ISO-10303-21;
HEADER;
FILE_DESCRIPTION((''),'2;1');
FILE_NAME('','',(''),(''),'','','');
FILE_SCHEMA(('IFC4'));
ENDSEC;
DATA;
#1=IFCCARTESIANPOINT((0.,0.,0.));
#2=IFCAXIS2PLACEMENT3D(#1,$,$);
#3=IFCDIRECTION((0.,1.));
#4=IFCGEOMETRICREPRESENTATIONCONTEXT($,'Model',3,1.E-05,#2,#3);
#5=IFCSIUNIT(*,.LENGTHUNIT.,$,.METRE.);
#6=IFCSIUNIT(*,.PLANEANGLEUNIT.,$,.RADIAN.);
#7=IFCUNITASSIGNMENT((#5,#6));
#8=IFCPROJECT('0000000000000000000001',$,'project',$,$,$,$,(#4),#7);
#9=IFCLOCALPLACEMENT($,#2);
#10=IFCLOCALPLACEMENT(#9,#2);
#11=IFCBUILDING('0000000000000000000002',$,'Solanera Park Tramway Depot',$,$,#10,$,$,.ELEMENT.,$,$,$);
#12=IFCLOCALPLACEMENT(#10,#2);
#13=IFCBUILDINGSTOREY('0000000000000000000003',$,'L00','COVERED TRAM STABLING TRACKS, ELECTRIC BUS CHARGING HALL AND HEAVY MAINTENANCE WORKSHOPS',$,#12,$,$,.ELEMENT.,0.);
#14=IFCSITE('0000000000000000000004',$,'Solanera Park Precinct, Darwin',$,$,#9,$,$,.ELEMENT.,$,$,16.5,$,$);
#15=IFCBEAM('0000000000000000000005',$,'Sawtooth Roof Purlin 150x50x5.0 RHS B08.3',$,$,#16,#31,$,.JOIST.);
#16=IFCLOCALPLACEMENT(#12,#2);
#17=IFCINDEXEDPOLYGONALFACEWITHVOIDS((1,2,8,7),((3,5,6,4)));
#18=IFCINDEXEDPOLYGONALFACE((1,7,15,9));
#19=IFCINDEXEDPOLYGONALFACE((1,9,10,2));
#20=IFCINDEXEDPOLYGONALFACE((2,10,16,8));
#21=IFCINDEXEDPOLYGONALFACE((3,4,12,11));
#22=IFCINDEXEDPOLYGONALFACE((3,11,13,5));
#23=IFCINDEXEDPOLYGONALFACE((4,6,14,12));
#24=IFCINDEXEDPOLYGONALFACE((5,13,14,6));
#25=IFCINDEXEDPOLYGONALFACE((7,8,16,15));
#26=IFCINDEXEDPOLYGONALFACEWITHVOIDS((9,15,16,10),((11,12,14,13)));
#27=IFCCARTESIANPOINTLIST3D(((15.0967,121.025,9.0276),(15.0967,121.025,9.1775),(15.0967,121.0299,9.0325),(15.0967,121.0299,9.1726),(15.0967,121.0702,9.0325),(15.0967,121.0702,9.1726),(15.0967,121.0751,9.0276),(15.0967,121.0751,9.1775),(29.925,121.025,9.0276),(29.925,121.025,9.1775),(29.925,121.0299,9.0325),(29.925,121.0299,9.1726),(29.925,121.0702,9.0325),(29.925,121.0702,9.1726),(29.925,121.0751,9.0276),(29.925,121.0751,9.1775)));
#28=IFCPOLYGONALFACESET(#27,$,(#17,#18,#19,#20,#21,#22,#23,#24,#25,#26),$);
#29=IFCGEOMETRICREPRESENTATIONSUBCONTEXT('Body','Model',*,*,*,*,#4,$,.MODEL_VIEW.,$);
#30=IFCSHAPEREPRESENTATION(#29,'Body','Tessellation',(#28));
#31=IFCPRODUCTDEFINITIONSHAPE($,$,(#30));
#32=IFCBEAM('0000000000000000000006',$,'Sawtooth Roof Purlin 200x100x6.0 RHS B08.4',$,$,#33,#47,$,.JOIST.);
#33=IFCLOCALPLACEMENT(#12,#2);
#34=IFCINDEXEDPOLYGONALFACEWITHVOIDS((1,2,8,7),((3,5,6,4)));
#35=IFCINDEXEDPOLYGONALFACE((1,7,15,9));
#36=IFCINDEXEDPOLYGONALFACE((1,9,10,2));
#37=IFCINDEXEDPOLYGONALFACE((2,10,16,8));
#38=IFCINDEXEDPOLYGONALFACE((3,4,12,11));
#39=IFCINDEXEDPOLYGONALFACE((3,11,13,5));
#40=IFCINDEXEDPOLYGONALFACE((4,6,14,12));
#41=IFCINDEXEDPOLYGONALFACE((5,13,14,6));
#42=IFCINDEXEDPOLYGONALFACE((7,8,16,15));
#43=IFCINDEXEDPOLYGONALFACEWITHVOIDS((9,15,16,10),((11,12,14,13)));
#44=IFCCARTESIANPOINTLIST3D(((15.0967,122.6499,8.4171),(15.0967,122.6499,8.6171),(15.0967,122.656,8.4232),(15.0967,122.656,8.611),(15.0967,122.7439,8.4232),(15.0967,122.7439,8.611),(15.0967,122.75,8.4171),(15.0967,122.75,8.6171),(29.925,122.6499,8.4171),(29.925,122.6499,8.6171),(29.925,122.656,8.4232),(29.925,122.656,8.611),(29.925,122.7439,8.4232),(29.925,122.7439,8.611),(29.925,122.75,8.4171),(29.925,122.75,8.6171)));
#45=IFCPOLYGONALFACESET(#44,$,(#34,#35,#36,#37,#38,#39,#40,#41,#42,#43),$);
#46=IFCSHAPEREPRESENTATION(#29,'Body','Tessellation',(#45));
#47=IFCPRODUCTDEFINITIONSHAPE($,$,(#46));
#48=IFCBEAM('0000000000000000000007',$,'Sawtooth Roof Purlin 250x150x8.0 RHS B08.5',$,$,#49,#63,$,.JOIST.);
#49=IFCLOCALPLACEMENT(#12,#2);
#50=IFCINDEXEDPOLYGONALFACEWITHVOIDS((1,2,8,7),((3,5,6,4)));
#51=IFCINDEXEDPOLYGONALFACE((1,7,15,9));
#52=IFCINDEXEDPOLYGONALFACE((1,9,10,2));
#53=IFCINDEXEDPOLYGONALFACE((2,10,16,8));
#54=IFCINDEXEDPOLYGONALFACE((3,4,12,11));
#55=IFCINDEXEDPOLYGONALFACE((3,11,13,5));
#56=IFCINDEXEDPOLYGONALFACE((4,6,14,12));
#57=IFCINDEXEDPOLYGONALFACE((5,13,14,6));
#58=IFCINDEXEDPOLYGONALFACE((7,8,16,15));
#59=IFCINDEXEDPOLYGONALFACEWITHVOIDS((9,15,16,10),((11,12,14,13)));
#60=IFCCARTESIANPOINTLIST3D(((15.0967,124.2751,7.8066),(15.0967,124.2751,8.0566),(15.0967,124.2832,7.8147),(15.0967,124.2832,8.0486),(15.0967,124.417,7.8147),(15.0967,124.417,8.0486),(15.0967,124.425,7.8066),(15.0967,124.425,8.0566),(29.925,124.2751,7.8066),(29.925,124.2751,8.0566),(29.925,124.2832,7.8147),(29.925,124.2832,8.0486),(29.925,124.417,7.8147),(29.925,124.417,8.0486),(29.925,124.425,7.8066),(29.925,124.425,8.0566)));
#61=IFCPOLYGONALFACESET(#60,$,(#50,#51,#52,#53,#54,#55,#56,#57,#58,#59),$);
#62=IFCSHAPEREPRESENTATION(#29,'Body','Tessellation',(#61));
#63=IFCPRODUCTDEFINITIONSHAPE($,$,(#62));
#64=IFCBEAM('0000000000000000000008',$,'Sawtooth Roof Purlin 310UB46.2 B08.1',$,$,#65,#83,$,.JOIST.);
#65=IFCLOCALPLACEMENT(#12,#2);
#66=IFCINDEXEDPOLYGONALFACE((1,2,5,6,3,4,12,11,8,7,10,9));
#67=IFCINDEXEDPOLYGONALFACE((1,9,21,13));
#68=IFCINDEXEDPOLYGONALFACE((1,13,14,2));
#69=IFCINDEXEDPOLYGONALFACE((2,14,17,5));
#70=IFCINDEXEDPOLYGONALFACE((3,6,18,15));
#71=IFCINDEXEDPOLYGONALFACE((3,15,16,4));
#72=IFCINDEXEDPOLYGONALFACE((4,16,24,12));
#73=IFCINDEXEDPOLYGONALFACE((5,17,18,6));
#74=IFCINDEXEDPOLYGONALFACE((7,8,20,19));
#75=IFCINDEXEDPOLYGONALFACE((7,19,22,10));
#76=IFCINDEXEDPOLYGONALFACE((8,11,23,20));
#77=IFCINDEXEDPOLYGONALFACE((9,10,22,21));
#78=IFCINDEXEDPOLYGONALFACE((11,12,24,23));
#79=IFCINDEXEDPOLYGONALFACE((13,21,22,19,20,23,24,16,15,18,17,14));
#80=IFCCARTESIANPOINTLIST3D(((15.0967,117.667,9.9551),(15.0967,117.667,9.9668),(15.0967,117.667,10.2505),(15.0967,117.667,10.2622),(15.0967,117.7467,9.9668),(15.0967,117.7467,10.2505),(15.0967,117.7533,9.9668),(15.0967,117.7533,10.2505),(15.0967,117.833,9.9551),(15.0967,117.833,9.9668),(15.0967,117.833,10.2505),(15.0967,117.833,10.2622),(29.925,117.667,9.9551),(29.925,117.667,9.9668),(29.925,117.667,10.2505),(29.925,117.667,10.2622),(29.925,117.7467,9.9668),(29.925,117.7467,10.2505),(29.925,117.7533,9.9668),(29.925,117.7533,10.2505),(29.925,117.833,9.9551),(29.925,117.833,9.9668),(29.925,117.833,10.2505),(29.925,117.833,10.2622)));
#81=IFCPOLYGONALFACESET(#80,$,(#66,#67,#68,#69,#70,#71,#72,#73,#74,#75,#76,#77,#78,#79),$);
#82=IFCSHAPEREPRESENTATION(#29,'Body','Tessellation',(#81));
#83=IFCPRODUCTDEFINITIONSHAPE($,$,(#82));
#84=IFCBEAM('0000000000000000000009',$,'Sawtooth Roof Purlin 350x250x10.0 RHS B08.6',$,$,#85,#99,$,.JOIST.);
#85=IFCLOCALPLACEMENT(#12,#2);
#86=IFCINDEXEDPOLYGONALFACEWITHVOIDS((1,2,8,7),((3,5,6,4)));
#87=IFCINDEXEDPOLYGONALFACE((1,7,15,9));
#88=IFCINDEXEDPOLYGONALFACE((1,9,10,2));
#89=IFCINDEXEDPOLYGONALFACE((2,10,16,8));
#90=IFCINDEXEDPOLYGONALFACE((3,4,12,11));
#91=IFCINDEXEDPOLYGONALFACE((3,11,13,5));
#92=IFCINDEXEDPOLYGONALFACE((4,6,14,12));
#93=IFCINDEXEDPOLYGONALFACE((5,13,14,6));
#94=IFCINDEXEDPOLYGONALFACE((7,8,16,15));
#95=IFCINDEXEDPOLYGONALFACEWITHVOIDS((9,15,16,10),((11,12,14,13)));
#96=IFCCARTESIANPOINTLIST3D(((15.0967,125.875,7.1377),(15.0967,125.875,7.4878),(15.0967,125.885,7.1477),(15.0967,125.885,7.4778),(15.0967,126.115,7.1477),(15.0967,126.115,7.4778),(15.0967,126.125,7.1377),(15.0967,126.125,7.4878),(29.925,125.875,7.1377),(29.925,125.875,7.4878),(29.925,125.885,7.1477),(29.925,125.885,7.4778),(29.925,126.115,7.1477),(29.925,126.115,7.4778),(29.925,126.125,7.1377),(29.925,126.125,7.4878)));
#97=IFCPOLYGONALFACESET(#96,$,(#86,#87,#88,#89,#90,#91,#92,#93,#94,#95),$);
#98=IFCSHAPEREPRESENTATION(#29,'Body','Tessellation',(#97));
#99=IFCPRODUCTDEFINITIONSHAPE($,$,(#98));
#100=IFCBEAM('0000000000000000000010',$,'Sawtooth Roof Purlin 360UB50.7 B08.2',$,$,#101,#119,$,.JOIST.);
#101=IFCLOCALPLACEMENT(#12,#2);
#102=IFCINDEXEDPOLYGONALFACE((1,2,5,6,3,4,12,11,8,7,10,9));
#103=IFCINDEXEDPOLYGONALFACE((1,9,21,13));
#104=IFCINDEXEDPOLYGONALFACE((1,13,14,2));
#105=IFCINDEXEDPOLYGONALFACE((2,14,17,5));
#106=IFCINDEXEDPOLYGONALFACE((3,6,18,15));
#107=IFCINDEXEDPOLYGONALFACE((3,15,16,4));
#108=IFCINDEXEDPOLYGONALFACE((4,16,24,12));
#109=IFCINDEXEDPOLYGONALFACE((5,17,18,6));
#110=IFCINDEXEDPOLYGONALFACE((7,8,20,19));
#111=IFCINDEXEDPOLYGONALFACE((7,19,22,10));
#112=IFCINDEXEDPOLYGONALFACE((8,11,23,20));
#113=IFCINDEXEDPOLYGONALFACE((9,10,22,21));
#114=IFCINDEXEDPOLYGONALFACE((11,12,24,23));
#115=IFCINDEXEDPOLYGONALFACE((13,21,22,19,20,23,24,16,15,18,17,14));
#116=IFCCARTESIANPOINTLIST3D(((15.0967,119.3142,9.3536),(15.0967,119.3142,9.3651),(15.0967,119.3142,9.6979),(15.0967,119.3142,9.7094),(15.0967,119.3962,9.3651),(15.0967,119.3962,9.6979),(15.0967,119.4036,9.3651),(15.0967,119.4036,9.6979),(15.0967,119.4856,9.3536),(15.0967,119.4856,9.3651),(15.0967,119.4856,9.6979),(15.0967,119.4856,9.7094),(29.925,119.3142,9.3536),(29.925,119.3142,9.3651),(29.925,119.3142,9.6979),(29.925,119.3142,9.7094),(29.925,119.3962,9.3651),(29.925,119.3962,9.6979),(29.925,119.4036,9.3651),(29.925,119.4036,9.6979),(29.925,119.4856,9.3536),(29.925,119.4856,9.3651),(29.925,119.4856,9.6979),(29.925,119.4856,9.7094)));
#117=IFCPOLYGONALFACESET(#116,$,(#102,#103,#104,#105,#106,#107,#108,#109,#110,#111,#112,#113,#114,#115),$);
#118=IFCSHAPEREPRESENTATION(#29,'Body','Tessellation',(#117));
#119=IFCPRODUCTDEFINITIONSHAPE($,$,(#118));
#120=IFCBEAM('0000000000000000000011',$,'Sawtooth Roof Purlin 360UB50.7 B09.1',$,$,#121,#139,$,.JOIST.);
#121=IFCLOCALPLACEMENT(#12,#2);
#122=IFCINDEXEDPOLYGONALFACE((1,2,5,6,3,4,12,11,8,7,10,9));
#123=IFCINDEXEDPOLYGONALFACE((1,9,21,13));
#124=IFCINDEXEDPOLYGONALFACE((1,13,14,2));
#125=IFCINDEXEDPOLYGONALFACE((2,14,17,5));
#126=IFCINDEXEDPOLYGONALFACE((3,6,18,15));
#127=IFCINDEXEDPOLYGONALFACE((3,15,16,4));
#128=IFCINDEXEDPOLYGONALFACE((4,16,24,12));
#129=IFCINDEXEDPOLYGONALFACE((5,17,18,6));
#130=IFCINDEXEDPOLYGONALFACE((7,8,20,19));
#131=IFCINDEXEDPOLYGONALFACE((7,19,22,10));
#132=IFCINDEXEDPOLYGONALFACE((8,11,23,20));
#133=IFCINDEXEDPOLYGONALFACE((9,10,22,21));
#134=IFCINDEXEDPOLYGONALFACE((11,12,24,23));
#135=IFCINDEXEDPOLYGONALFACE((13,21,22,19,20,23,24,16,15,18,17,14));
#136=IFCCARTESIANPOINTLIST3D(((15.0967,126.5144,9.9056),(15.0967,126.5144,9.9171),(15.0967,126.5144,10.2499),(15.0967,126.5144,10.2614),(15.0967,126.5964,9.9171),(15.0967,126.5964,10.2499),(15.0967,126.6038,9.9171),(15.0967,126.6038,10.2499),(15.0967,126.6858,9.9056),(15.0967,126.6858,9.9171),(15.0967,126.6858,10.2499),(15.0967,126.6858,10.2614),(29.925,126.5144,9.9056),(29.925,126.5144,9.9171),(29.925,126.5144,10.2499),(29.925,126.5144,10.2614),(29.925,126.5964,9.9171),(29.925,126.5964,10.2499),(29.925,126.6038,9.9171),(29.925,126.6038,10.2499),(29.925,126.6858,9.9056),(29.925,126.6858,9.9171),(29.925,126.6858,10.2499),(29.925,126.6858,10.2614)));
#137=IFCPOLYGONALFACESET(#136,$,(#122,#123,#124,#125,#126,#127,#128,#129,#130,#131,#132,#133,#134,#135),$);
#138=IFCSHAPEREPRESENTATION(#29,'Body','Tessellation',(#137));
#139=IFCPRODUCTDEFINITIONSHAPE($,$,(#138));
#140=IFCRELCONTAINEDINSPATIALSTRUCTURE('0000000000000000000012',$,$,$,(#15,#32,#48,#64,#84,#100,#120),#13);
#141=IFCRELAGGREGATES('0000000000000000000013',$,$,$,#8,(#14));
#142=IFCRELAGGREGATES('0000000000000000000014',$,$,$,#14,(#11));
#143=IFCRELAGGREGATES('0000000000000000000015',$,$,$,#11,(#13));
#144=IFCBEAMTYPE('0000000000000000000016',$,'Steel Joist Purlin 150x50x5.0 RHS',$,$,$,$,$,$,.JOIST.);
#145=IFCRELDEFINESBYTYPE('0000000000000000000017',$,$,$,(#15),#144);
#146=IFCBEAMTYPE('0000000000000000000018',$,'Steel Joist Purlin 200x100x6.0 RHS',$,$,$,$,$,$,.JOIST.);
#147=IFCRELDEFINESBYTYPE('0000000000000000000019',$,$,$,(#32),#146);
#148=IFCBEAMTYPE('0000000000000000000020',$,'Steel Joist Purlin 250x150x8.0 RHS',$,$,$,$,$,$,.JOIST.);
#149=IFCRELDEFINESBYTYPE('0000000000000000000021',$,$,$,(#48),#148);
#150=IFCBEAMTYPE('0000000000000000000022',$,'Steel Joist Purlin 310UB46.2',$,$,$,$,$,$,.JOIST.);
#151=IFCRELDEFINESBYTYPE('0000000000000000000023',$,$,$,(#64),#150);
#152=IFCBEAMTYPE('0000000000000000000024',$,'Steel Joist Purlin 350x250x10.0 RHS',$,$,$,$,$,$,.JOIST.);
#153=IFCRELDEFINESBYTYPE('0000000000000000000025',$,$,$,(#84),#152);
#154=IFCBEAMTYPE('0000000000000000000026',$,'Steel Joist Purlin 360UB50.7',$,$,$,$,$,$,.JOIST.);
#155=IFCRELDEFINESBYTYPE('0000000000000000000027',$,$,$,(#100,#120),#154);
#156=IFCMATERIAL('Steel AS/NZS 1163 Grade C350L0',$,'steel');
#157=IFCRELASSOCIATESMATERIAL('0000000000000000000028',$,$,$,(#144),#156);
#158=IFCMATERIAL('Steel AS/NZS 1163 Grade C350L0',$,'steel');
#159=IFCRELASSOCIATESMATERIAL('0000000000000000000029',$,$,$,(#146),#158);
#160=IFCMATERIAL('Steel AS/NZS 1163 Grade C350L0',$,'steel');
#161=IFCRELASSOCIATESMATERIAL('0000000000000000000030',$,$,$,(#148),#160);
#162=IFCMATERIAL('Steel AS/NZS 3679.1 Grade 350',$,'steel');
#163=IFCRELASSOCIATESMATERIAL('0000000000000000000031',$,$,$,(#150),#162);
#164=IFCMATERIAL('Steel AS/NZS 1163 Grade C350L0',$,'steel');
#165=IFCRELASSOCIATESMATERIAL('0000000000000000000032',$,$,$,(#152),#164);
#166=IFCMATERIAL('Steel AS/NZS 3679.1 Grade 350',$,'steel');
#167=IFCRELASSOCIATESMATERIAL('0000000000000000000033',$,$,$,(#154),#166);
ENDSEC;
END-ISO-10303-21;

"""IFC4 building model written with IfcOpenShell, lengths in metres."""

from ifc_helpers import new_model, si_unit, direction, frame, origin, origin_2d, place, context, subcontext, project, spatial, hollow_rectangle, i_section, extrude, material, material_profile, profile_set, type_object, element, save


model = new_model("IFC4")

# Units and contexts
model_context = context("Model", 3, precision=1e-05, world=origin(), true_north=direction((0.0, 1.0)))
body_context = subcontext(model_context, "Body", "Model", "MODEL_VIEW")
ifc_project = project(units=[si_unit("LENGTHUNIT", "METRE"), si_unit("PLANEANGLEUNIT", "RADIAN")], contexts=[model_context])

# Site, building, storey
site_placement = place(None, origin())
site = spatial("IfcSite", under=ifc_project, at=site_placement, Name="Solanera Park Precinct, Darwin", CompositionType="ELEMENT", RefElevation=16.5)
building_placement = place(site_placement, origin())
building = spatial("IfcBuilding", under=site, at=building_placement, Name="Solanera Park Tramway Depot", CompositionType="ELEMENT")
storey_placement = place(building_placement, origin())
storey = spatial("IfcBuildingStorey", under=building, at=storey_placement, Name="L00", Description="COVERED TRAM STABLING TRACKS, ELECTRIC BUS CHARGING HALL AND HEAVY MAINTENANCE WORKSHOPS", CompositionType="ELEMENT", Elevation=0.0)

# Beams
ifc_material_1 = material(Name="Steel AS/NZS 1163 Grade C350L0", Category="steel")
ifc_material_profile_1 = material_profile(ifc_material_1, hollow_rectangle(XDim=0.05, YDim=0.1499, WallThickness=0.0049, at=origin_2d()), Name="150x50x5.0 RHS")
ifc_profile_set_1 = profile_set([ifc_material_profile_1], Name="Steel AS/NZS 1163 Grade C350L0")
beam_type_1 = type_object("IfcBeamType", Name="Steel Joist Purlin 150x50x5.0 RHS", PredefinedType="JOIST", material=ifc_profile_set_1)
beam_1_placement = place(storey_placement, frame((15.0967, 121.05, 9.1025), z_axis=(1.0, 0.0, 0.0), x_axis=(0.0, 1.0, 0.0)))
element("IfcBeam", 1, at=beam_1_placement, inside=storey, type_object=beam_type_1, Name="Sawtooth Roof Purlin 150x50x5.0 RHS B08.3", PredefinedType="JOIST", context=body_context, shape_type="SweptSolid", body=[
    extrude(hollow_rectangle(XDim=0.05, YDim=0.1499, WallThickness=0.0049, at=origin_2d()), origin(), (0.0, 0.0, 1.0), 14.8284),
])
ifc_material_2 = material(Name="Steel AS/NZS 1163 Grade C350L0", Category="steel")
ifc_material_profile_2 = material_profile(ifc_material_2, hollow_rectangle(XDim=0.1001, YDim=0.2, WallThickness=0.0061, at=origin_2d()), Name="200x100x6.0 RHS")
ifc_profile_set_2 = profile_set([ifc_material_profile_2], Name="Steel AS/NZS 1163 Grade C350L0")
beam_type_2 = type_object("IfcBeamType", Name="Steel Joist Purlin 200x100x6.0 RHS", PredefinedType="JOIST", material=ifc_profile_set_2)
beam_2_placement = place(storey_placement, frame((15.0967, 122.7, 8.5171), z_axis=(1.0, 0.0, 0.0), x_axis=(0.0, 1.0, 0.0)))
element("IfcBeam", 2, at=beam_2_placement, inside=storey, type_object=beam_type_2, Name="Sawtooth Roof Purlin 200x100x6.0 RHS B08.4", PredefinedType="JOIST", context=body_context, shape_type="SweptSolid", body=[
    extrude(hollow_rectangle(XDim=0.1001, YDim=0.2, WallThickness=0.0061, at=origin_2d()), origin(), (0.0, 0.0, 1.0), 14.8284),
])
ifc_material_3 = material(Name="Steel AS/NZS 1163 Grade C350L0", Category="steel")
ifc_material_profile_3 = material_profile(ifc_material_3, hollow_rectangle(XDim=0.1499, YDim=0.25, WallThickness=0.0081, at=origin_2d()), Name="250x150x8.0 RHS")
ifc_profile_set_3 = profile_set([ifc_material_profile_3], Name="Steel AS/NZS 1163 Grade C350L0")
beam_type_3 = type_object("IfcBeamType", Name="Steel Joist Purlin 250x150x8.0 RHS", PredefinedType="JOIST", material=ifc_profile_set_3)
beam_3_placement = place(storey_placement, frame((15.0967, 124.3501, 7.9316), z_axis=(1.0, 0.0, 0.0), x_axis=(0.0, 1.0, 0.0)))
element("IfcBeam", 3, at=beam_3_placement, inside=storey, type_object=beam_type_3, Name="Sawtooth Roof Purlin 250x150x8.0 RHS B08.5", PredefinedType="JOIST", context=body_context, shape_type="SweptSolid", body=[
    extrude(hollow_rectangle(XDim=0.1499, YDim=0.25, WallThickness=0.0081, at=origin_2d()), origin(), (0.0, 0.0, 1.0), 14.8284),
])
ifc_material_4 = material(Name="Steel AS/NZS 3679.1 Grade 350", Category="steel")
ifc_material_profile_4 = material_profile(ifc_material_4, i_section(OverallWidth=0.166, OverallDepth=0.3071, WebThickness=0.0066, FlangeThickness=0.0117, at=origin_2d()), Name="310UB46.2")
ifc_profile_set_4 = profile_set([ifc_material_profile_4], Name="Steel AS/NZS 3679.1 Grade 350")
beam_type_4 = type_object("IfcBeamType", Name="Steel Joist Purlin 310UB46.2", PredefinedType="JOIST", material=ifc_profile_set_4)
beam_4_placement = place(storey_placement, frame((15.0967, 117.75, 10.1086), z_axis=(1.0, 0.0, 0.0), x_axis=(0.0, 1.0, 0.0)))
element("IfcBeam", 4, at=beam_4_placement, inside=storey, type_object=beam_type_4, Name="Sawtooth Roof Purlin 310UB46.2 B08.1", PredefinedType="JOIST", context=body_context, shape_type="SweptSolid", body=[
    extrude(i_section(OverallWidth=0.166, OverallDepth=0.3071, WebThickness=0.0066, FlangeThickness=0.0117, at=origin_2d()), origin(), (0.0, 0.0, 1.0), 14.8284),
])
ifc_material_5 = material(Name="Steel AS/NZS 1163 Grade C350L0", Category="steel")
ifc_material_profile_5 = material_profile(ifc_material_5, hollow_rectangle(XDim=0.25, YDim=0.3501, WallThickness=0.01, at=origin_2d()), Name="350x250x10.0 RHS")
ifc_profile_set_5 = profile_set([ifc_material_profile_5], Name="Steel AS/NZS 1163 Grade C350L0")
beam_type_5 = type_object("IfcBeamType", Name="Steel Joist Purlin 350x250x10.0 RHS", PredefinedType="JOIST", material=ifc_profile_set_5)
beam_5_placement = place(storey_placement, frame((15.0967, 126.0, 7.3127), z_axis=(1.0, 0.0, 0.0), x_axis=(0.0, 1.0, 0.0)))
element("IfcBeam", 5, at=beam_5_placement, inside=storey, type_object=beam_type_5, Name="Sawtooth Roof Purlin 350x250x10.0 RHS B08.6", PredefinedType="JOIST", context=body_context, shape_type="SweptSolid", body=[
    extrude(hollow_rectangle(XDim=0.25, YDim=0.3501, WallThickness=0.01, at=origin_2d()), origin(), (0.0, 0.0, 1.0), 14.8284),
])
ifc_material_6 = material(Name="Steel AS/NZS 3679.1 Grade 350", Category="steel")
ifc_material_profile_6 = material_profile(ifc_material_6, i_section(OverallWidth=0.1714, OverallDepth=0.3557, WebThickness=0.0073, FlangeThickness=0.0115, at=origin_2d()), Name="360UB50.7")
ifc_profile_set_6 = profile_set([ifc_material_profile_6], Name="Steel AS/NZS 3679.1 Grade 350")
beam_type_6 = type_object("IfcBeamType", Name="Steel Joist Purlin 360UB50.7", PredefinedType="JOIST", material=ifc_profile_set_6)
for number, where, z_axis, x_axis, name in (
    (6, (15.0967, 119.3999, 9.5315), (1.0, 0.0, 0.0), (0.0, 1.0, 0.0), "Sawtooth Roof Purlin 360UB50.7 B08.2"),
    (7, (15.0967, 126.6001, 10.0835), (1.0, 0.0, 0.0), (0.0, 1.0, 0.0), "Sawtooth Roof Purlin 360UB50.7 B09.1"),
):
    element("IfcBeam", number, at=place(storey_placement, frame(where, z_axis=z_axis, x_axis=x_axis)), inside=storey, type_object=beam_type_6, Name=name, PredefinedType="JOIST", context=body_context, shape_type="SweptSolid", body=[
        extrude(i_section(OverallWidth=0.1714, OverallDepth=0.3557, WebThickness=0.0073, FlangeThickness=0.0115, at=origin_2d()), origin(), (0.0, 0.0, 1.0), 14.8284),
    ])

save(model, "model.ifc")
